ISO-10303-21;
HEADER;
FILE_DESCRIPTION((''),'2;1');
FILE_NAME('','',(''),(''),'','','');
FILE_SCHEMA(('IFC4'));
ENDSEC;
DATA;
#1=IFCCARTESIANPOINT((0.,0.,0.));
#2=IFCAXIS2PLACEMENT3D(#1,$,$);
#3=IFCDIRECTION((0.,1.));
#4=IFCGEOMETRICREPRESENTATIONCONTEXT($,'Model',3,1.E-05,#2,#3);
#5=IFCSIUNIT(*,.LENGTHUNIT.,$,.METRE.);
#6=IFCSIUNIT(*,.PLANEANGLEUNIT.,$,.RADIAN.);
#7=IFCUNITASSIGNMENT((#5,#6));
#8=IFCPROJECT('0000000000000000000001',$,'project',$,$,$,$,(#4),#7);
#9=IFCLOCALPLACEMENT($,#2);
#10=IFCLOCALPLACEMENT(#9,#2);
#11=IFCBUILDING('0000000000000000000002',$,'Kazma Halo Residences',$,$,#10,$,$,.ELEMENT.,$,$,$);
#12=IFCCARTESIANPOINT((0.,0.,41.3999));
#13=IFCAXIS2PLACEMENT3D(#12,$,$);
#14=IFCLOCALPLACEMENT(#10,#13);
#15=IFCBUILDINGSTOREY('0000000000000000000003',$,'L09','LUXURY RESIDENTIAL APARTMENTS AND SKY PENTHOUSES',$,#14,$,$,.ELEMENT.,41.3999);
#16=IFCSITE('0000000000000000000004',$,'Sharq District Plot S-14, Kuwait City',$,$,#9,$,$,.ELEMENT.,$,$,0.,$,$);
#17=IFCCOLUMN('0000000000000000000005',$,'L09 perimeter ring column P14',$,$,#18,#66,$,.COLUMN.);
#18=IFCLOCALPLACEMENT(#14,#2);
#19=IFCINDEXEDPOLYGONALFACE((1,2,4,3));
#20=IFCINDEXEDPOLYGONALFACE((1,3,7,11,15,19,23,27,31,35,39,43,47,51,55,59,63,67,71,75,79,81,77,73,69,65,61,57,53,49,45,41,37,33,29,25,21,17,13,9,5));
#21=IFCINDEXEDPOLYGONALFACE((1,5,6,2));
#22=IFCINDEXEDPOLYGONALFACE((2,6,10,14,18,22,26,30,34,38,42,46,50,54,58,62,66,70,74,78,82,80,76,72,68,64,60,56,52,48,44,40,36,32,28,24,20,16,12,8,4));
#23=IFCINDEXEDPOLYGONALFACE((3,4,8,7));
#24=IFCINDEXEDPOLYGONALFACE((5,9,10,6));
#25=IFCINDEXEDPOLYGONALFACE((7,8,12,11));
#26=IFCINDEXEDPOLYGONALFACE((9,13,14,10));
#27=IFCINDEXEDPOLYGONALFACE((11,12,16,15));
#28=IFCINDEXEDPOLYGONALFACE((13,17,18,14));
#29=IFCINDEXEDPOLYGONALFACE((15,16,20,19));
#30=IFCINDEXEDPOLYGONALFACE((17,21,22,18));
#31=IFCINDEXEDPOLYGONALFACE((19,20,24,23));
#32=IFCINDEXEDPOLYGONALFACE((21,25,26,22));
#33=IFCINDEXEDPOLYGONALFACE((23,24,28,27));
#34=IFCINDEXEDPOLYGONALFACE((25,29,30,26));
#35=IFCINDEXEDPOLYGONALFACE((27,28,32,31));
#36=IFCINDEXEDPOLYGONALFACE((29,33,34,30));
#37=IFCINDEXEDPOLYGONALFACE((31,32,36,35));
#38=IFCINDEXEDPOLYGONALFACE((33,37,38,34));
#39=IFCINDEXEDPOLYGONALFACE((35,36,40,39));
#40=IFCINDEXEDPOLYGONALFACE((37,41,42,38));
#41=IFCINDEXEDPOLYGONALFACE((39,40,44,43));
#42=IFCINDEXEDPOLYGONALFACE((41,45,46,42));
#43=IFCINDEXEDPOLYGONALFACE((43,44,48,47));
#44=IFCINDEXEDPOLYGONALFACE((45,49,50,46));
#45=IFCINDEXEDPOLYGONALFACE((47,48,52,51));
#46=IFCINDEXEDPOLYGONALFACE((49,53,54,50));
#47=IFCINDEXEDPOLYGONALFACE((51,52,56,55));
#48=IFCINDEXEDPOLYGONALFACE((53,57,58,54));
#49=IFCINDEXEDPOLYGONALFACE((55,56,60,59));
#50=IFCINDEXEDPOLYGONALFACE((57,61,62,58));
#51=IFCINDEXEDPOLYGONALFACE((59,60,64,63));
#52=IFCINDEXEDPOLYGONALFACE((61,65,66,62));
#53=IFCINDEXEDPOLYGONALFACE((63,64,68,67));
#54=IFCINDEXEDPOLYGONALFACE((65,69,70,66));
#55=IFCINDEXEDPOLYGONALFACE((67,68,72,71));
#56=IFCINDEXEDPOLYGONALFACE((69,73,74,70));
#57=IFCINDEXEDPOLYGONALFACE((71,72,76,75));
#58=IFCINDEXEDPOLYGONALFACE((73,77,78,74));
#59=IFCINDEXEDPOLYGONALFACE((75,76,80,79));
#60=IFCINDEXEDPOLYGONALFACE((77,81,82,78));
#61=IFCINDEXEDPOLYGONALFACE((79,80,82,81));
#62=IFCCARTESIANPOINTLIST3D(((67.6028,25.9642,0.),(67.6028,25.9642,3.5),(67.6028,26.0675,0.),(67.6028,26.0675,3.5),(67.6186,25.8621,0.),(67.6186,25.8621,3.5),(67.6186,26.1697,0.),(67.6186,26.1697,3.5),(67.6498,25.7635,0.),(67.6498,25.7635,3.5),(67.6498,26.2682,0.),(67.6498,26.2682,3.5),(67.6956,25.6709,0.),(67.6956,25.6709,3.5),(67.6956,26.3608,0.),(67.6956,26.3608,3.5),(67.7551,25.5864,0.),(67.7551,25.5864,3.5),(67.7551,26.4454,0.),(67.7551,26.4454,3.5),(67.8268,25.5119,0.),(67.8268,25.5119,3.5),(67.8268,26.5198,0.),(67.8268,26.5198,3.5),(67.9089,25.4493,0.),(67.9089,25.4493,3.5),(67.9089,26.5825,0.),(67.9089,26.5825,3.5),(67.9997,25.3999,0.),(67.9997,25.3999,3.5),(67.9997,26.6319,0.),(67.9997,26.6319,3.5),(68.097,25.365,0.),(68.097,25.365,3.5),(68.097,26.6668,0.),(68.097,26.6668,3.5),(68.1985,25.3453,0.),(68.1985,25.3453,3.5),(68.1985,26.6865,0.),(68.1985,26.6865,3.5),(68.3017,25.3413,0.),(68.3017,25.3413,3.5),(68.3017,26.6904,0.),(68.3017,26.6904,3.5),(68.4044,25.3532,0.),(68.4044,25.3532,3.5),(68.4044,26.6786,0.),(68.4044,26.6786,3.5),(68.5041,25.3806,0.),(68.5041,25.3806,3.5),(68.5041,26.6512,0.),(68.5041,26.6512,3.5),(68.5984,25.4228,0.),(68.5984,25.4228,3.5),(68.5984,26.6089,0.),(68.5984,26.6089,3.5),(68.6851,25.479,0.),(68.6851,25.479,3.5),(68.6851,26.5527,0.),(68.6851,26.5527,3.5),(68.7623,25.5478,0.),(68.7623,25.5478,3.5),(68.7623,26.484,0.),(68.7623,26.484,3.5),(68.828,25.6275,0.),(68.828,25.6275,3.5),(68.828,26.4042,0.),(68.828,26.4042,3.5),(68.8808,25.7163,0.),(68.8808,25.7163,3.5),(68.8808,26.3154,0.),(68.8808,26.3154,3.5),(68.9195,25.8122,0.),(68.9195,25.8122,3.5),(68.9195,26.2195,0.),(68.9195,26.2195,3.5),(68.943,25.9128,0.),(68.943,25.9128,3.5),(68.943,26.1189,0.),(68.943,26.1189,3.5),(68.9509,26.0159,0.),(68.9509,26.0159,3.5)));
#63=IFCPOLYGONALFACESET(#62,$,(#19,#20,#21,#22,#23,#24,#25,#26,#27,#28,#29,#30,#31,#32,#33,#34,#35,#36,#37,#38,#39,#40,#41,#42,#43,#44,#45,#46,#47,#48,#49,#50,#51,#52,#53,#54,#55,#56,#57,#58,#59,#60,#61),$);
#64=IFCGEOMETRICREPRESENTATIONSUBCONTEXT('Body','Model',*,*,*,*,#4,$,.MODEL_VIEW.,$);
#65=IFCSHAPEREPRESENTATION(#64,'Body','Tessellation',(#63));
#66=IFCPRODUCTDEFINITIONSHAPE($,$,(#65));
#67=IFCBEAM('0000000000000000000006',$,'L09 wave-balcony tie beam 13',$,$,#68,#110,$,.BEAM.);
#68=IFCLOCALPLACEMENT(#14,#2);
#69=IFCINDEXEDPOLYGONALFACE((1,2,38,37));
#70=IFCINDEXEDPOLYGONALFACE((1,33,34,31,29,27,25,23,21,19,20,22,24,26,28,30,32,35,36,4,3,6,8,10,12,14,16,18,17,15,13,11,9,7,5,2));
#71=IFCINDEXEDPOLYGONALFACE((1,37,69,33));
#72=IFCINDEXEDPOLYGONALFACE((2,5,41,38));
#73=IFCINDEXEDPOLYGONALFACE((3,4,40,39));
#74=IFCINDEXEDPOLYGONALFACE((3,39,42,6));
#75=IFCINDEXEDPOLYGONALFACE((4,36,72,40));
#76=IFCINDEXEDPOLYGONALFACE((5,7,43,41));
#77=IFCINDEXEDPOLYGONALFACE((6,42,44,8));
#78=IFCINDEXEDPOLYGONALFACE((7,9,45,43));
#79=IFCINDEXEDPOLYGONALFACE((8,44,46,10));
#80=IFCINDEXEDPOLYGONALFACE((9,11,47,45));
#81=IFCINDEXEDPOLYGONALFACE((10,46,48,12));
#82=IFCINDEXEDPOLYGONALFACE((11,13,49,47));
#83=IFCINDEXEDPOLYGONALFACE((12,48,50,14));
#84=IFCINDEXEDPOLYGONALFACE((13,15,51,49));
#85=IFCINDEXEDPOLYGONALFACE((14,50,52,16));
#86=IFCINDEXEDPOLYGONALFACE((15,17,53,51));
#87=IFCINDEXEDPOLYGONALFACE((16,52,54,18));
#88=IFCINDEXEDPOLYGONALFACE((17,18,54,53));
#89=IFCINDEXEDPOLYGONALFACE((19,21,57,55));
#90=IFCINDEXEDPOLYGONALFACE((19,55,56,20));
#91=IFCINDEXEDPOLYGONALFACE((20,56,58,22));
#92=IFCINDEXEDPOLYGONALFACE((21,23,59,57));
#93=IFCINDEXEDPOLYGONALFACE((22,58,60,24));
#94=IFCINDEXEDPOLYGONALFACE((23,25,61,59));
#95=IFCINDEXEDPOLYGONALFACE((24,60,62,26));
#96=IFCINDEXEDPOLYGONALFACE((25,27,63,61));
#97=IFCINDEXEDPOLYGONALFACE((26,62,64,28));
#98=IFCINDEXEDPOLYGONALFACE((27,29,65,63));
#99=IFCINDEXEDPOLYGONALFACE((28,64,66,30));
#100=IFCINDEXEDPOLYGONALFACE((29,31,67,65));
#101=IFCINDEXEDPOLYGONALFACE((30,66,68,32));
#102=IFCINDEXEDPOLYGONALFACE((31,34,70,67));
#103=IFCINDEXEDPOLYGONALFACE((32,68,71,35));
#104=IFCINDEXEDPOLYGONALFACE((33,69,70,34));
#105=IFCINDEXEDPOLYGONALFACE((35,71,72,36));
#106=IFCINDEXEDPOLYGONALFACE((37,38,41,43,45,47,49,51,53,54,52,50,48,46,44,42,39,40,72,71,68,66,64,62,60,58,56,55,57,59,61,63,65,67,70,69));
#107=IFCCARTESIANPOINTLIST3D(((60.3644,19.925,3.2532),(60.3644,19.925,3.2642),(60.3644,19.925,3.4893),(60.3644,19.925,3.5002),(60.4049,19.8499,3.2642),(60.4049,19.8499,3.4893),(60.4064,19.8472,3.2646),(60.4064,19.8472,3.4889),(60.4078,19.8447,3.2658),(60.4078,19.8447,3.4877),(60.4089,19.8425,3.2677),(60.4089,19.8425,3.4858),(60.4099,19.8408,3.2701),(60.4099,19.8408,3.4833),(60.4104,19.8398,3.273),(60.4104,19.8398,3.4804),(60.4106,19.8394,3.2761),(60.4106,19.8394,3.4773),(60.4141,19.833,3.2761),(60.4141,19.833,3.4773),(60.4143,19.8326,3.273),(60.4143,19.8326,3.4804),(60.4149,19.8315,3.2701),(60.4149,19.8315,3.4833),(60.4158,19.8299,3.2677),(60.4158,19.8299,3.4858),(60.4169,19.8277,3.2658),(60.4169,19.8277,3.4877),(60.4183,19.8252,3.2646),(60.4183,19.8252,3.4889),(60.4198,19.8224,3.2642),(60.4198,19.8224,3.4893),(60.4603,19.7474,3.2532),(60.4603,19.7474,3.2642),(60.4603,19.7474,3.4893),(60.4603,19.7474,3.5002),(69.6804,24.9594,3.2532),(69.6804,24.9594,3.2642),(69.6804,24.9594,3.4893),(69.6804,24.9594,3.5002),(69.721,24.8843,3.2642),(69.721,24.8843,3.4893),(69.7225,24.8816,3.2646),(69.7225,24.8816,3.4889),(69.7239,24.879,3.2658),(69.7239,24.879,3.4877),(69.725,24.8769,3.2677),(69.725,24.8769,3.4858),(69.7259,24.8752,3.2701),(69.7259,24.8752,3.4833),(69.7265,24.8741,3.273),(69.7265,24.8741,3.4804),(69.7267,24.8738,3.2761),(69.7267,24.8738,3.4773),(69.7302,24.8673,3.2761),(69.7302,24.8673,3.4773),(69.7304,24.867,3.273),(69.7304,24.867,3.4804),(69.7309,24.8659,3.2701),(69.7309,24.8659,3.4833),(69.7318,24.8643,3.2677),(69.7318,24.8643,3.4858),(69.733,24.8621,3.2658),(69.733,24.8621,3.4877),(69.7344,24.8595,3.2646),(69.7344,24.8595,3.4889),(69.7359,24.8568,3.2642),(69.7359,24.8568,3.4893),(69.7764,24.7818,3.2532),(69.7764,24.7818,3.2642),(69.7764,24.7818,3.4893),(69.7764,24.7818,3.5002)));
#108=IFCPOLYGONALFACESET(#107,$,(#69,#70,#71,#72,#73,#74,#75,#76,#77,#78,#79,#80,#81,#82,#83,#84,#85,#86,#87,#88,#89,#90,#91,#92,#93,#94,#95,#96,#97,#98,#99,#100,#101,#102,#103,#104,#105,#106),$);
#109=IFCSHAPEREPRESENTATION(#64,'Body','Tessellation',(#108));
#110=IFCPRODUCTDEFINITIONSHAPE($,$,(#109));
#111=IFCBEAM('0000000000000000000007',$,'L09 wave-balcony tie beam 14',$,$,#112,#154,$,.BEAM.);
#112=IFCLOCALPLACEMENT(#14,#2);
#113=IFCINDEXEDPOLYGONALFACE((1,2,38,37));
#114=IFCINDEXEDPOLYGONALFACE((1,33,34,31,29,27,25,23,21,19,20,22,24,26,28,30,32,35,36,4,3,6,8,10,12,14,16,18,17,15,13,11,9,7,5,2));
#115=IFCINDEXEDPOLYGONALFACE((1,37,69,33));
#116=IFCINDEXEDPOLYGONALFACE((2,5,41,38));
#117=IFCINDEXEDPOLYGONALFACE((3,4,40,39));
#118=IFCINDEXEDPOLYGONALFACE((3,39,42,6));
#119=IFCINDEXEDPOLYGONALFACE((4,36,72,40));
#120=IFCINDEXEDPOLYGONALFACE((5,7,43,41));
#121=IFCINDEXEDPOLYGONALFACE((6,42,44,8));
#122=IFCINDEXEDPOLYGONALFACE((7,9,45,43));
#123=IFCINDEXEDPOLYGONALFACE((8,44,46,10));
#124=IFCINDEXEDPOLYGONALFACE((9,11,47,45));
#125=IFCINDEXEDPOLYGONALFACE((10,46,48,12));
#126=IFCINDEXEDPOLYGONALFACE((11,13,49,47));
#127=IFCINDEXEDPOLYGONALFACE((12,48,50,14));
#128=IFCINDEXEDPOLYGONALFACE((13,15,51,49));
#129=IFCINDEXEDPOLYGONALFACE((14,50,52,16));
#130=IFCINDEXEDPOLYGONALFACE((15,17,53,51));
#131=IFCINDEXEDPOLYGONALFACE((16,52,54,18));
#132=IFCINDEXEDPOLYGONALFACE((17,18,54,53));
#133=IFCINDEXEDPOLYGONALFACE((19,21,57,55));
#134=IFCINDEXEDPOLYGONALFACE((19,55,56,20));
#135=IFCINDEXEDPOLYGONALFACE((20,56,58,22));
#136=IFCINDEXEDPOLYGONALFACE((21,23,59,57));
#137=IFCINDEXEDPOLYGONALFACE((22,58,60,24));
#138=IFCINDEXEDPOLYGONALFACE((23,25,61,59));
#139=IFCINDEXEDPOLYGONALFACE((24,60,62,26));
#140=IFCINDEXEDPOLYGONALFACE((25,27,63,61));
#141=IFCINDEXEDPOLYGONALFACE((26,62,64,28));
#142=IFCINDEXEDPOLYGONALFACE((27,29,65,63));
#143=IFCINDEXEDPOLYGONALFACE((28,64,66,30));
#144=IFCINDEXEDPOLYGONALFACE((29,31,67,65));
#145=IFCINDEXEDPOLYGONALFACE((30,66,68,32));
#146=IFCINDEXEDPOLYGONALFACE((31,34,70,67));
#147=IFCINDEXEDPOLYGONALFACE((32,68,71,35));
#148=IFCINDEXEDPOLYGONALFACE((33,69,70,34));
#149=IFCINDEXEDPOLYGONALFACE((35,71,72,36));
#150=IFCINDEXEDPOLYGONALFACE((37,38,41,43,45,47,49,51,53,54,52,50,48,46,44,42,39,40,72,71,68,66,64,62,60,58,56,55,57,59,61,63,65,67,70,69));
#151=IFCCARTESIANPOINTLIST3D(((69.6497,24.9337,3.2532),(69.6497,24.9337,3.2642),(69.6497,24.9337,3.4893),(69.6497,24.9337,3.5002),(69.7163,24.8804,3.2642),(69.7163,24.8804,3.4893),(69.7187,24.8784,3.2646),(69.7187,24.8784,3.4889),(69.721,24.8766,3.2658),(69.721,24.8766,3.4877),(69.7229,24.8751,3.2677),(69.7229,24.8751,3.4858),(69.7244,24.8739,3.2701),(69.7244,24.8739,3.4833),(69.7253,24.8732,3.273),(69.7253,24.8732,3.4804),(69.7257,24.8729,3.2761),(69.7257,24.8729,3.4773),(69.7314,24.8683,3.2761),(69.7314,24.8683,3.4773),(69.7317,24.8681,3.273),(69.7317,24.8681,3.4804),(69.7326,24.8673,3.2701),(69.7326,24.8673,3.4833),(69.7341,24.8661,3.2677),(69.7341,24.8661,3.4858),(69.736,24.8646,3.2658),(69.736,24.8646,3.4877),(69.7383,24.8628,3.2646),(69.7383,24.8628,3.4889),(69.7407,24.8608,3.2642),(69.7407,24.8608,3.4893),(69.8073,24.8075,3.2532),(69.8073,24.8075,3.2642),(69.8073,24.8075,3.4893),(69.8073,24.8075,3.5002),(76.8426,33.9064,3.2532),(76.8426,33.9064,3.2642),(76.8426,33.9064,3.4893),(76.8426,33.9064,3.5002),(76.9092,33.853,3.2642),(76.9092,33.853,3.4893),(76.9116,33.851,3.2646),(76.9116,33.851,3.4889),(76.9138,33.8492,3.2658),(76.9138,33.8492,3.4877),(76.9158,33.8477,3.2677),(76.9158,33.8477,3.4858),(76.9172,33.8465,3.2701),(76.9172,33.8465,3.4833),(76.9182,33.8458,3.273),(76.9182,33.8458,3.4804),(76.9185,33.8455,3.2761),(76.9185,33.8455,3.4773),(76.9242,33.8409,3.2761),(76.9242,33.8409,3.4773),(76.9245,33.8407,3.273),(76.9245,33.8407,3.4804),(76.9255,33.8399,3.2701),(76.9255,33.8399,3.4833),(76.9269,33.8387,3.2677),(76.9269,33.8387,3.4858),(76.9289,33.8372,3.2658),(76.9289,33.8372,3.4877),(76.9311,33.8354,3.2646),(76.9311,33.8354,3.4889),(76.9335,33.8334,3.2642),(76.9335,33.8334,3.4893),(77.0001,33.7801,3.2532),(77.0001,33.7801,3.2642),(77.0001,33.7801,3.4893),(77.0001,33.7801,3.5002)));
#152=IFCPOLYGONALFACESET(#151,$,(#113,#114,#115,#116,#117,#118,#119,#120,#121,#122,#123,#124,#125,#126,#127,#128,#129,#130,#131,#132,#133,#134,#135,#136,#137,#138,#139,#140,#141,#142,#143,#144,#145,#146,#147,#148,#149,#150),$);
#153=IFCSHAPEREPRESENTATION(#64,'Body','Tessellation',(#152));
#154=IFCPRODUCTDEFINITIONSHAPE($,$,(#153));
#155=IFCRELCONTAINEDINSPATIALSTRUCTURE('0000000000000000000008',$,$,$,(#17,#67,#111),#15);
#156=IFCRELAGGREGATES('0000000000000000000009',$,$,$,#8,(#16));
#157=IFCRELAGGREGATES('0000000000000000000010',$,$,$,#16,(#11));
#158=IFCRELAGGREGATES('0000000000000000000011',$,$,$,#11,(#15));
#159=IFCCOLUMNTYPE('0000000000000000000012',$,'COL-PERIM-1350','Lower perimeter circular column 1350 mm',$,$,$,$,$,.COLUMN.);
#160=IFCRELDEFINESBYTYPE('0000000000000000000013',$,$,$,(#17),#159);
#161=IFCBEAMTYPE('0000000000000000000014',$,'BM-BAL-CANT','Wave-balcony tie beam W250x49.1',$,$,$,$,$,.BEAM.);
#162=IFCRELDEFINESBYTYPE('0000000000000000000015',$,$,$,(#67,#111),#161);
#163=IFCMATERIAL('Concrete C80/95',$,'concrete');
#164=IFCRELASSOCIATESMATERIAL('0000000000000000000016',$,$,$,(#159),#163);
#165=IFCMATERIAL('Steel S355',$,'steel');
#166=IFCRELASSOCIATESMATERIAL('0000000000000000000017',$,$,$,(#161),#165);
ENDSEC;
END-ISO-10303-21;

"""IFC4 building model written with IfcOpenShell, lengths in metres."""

from ifc_helpers import new_model, si_unit, direction, frame, origin, origin_2d, place, context, subcontext, project, spatial, circle, i_section, extrude, material, material_profile, profile_set, type_object, element, save


model = new_model("IFC4")

# Units and contexts
model_context = context("Model", 3, precision=1e-05, world=origin(), true_north=direction((0.0, 1.0)))
body_context = subcontext(model_context, "Body", "Model", "MODEL_VIEW")
ifc_project = project(units=[si_unit("LENGTHUNIT", "METRE"), si_unit("PLANEANGLEUNIT", "RADIAN")], contexts=[model_context])

# Site, building, storey
site_placement = place(None, origin())
site = spatial("IfcSite", under=ifc_project, at=site_placement, Name="Sharq District Plot S-14, Kuwait City", CompositionType="ELEMENT", RefElevation=0.0)
building_placement = place(site_placement, origin())
building = spatial("IfcBuilding", under=site, at=building_placement, Name="Kazma Halo Residences", CompositionType="ELEMENT")
storey_placement = place(building_placement, frame((0.0, 0.0, 41.3999)))
storey = spatial("IfcBuildingStorey", under=building, at=storey_placement, Name="L09", Description="LUXURY RESIDENTIAL APARTMENTS AND SKY PENTHOUSES", CompositionType="ELEMENT", Elevation=41.3999)

# Column
ifc_material_1 = material(Name="Concrete C80/95", Category="concrete")
ifc_material_profile_1 = material_profile(ifc_material_1, circle(Radius=0.675, at=origin_2d()), Name="CIRC1350")
ifc_profile_set_1 = profile_set([ifc_material_profile_1], Name="Concrete C80/95")
column_type = type_object("IfcColumnType", Name="COL-PERIM-1350", Description="Lower perimeter circular column 1350 mm", PredefinedType="COLUMN", material=ifc_profile_set_1)
column_placement = place(storey_placement, frame((68.2759, 26.0159, 0.0), z_axis=(0.0, 0.0, 1.0), x_axis=(1.0, 0.0, 0.0)))
element("IfcColumn", 1, at=column_placement, inside=storey, type_object=column_type, Name="L09 perimeter ring column P14", PredefinedType="COLUMN", context=body_context, shape_type="SweptSolid", body=[
    extrude(circle(Radius=0.675, at=origin_2d()), origin(), (0.0, 0.0, 1.0), 3.5),
])

# Beams
ifc_material_2 = material(Name="Steel S355", Category="steel")
ifc_material_profile_2 = material_profile(ifc_material_2, i_section(OverallWidth=0.2019, OverallDepth=0.2471, WebThickness=0.0073, FlangeThickness=0.011, FilletRadius=0.012, at=origin_2d()), Name="W250x49.1")
ifc_profile_set_2 = profile_set([ifc_material_profile_2], Name="Steel S355")
beam_type_1 = type_object("IfcBeamType", Name="BM-BAL-CANT", Description="Wave-balcony tie beam W250x49.1", PredefinedType="BEAM", material=ifc_profile_set_2)
beam_1_placement = place(storey_placement, frame((60.4124, 19.8362, 3.3767), z_axis=(0.879759, 0.475419, 0.0), x_axis=(-0.475419, 0.879759, 0.0)))
element("IfcBeam", 2, at=beam_1_placement, inside=storey, type_object=beam_type_1, Name="L09 wave-balcony tie beam 13", PredefinedType="BEAM", context=body_context, shape_type="SweptSolid", body=[
    extrude(i_section(OverallWidth=0.2019, OverallDepth=0.2471, WebThickness=0.0073, FlangeThickness=0.011, FilletRadius=0.012, at=origin_2d()), origin(), (0.0, 0.0, 1.0), 10.5894),
])
beam_2_placement = place(storey_placement, frame((69.7285, 24.8706, 3.3767), z_axis=(0.625477, 0.780243, 0.0), x_axis=(-0.780243, 0.625477, 0.0)))
element("IfcBeam", 3, at=beam_2_placement, inside=storey, type_object=beam_type_1, Name="L09 wave-balcony tie beam 14", PredefinedType="BEAM", context=body_context, shape_type="SweptSolid", body=[
    extrude(i_section(OverallWidth=0.2019, OverallDepth=0.2471, WebThickness=0.0073, FlangeThickness=0.011, FilletRadius=0.012, at=origin_2d()), origin(), (0.0, 0.0, 1.0), 11.4998),
])

save(model, "model.ifc")
